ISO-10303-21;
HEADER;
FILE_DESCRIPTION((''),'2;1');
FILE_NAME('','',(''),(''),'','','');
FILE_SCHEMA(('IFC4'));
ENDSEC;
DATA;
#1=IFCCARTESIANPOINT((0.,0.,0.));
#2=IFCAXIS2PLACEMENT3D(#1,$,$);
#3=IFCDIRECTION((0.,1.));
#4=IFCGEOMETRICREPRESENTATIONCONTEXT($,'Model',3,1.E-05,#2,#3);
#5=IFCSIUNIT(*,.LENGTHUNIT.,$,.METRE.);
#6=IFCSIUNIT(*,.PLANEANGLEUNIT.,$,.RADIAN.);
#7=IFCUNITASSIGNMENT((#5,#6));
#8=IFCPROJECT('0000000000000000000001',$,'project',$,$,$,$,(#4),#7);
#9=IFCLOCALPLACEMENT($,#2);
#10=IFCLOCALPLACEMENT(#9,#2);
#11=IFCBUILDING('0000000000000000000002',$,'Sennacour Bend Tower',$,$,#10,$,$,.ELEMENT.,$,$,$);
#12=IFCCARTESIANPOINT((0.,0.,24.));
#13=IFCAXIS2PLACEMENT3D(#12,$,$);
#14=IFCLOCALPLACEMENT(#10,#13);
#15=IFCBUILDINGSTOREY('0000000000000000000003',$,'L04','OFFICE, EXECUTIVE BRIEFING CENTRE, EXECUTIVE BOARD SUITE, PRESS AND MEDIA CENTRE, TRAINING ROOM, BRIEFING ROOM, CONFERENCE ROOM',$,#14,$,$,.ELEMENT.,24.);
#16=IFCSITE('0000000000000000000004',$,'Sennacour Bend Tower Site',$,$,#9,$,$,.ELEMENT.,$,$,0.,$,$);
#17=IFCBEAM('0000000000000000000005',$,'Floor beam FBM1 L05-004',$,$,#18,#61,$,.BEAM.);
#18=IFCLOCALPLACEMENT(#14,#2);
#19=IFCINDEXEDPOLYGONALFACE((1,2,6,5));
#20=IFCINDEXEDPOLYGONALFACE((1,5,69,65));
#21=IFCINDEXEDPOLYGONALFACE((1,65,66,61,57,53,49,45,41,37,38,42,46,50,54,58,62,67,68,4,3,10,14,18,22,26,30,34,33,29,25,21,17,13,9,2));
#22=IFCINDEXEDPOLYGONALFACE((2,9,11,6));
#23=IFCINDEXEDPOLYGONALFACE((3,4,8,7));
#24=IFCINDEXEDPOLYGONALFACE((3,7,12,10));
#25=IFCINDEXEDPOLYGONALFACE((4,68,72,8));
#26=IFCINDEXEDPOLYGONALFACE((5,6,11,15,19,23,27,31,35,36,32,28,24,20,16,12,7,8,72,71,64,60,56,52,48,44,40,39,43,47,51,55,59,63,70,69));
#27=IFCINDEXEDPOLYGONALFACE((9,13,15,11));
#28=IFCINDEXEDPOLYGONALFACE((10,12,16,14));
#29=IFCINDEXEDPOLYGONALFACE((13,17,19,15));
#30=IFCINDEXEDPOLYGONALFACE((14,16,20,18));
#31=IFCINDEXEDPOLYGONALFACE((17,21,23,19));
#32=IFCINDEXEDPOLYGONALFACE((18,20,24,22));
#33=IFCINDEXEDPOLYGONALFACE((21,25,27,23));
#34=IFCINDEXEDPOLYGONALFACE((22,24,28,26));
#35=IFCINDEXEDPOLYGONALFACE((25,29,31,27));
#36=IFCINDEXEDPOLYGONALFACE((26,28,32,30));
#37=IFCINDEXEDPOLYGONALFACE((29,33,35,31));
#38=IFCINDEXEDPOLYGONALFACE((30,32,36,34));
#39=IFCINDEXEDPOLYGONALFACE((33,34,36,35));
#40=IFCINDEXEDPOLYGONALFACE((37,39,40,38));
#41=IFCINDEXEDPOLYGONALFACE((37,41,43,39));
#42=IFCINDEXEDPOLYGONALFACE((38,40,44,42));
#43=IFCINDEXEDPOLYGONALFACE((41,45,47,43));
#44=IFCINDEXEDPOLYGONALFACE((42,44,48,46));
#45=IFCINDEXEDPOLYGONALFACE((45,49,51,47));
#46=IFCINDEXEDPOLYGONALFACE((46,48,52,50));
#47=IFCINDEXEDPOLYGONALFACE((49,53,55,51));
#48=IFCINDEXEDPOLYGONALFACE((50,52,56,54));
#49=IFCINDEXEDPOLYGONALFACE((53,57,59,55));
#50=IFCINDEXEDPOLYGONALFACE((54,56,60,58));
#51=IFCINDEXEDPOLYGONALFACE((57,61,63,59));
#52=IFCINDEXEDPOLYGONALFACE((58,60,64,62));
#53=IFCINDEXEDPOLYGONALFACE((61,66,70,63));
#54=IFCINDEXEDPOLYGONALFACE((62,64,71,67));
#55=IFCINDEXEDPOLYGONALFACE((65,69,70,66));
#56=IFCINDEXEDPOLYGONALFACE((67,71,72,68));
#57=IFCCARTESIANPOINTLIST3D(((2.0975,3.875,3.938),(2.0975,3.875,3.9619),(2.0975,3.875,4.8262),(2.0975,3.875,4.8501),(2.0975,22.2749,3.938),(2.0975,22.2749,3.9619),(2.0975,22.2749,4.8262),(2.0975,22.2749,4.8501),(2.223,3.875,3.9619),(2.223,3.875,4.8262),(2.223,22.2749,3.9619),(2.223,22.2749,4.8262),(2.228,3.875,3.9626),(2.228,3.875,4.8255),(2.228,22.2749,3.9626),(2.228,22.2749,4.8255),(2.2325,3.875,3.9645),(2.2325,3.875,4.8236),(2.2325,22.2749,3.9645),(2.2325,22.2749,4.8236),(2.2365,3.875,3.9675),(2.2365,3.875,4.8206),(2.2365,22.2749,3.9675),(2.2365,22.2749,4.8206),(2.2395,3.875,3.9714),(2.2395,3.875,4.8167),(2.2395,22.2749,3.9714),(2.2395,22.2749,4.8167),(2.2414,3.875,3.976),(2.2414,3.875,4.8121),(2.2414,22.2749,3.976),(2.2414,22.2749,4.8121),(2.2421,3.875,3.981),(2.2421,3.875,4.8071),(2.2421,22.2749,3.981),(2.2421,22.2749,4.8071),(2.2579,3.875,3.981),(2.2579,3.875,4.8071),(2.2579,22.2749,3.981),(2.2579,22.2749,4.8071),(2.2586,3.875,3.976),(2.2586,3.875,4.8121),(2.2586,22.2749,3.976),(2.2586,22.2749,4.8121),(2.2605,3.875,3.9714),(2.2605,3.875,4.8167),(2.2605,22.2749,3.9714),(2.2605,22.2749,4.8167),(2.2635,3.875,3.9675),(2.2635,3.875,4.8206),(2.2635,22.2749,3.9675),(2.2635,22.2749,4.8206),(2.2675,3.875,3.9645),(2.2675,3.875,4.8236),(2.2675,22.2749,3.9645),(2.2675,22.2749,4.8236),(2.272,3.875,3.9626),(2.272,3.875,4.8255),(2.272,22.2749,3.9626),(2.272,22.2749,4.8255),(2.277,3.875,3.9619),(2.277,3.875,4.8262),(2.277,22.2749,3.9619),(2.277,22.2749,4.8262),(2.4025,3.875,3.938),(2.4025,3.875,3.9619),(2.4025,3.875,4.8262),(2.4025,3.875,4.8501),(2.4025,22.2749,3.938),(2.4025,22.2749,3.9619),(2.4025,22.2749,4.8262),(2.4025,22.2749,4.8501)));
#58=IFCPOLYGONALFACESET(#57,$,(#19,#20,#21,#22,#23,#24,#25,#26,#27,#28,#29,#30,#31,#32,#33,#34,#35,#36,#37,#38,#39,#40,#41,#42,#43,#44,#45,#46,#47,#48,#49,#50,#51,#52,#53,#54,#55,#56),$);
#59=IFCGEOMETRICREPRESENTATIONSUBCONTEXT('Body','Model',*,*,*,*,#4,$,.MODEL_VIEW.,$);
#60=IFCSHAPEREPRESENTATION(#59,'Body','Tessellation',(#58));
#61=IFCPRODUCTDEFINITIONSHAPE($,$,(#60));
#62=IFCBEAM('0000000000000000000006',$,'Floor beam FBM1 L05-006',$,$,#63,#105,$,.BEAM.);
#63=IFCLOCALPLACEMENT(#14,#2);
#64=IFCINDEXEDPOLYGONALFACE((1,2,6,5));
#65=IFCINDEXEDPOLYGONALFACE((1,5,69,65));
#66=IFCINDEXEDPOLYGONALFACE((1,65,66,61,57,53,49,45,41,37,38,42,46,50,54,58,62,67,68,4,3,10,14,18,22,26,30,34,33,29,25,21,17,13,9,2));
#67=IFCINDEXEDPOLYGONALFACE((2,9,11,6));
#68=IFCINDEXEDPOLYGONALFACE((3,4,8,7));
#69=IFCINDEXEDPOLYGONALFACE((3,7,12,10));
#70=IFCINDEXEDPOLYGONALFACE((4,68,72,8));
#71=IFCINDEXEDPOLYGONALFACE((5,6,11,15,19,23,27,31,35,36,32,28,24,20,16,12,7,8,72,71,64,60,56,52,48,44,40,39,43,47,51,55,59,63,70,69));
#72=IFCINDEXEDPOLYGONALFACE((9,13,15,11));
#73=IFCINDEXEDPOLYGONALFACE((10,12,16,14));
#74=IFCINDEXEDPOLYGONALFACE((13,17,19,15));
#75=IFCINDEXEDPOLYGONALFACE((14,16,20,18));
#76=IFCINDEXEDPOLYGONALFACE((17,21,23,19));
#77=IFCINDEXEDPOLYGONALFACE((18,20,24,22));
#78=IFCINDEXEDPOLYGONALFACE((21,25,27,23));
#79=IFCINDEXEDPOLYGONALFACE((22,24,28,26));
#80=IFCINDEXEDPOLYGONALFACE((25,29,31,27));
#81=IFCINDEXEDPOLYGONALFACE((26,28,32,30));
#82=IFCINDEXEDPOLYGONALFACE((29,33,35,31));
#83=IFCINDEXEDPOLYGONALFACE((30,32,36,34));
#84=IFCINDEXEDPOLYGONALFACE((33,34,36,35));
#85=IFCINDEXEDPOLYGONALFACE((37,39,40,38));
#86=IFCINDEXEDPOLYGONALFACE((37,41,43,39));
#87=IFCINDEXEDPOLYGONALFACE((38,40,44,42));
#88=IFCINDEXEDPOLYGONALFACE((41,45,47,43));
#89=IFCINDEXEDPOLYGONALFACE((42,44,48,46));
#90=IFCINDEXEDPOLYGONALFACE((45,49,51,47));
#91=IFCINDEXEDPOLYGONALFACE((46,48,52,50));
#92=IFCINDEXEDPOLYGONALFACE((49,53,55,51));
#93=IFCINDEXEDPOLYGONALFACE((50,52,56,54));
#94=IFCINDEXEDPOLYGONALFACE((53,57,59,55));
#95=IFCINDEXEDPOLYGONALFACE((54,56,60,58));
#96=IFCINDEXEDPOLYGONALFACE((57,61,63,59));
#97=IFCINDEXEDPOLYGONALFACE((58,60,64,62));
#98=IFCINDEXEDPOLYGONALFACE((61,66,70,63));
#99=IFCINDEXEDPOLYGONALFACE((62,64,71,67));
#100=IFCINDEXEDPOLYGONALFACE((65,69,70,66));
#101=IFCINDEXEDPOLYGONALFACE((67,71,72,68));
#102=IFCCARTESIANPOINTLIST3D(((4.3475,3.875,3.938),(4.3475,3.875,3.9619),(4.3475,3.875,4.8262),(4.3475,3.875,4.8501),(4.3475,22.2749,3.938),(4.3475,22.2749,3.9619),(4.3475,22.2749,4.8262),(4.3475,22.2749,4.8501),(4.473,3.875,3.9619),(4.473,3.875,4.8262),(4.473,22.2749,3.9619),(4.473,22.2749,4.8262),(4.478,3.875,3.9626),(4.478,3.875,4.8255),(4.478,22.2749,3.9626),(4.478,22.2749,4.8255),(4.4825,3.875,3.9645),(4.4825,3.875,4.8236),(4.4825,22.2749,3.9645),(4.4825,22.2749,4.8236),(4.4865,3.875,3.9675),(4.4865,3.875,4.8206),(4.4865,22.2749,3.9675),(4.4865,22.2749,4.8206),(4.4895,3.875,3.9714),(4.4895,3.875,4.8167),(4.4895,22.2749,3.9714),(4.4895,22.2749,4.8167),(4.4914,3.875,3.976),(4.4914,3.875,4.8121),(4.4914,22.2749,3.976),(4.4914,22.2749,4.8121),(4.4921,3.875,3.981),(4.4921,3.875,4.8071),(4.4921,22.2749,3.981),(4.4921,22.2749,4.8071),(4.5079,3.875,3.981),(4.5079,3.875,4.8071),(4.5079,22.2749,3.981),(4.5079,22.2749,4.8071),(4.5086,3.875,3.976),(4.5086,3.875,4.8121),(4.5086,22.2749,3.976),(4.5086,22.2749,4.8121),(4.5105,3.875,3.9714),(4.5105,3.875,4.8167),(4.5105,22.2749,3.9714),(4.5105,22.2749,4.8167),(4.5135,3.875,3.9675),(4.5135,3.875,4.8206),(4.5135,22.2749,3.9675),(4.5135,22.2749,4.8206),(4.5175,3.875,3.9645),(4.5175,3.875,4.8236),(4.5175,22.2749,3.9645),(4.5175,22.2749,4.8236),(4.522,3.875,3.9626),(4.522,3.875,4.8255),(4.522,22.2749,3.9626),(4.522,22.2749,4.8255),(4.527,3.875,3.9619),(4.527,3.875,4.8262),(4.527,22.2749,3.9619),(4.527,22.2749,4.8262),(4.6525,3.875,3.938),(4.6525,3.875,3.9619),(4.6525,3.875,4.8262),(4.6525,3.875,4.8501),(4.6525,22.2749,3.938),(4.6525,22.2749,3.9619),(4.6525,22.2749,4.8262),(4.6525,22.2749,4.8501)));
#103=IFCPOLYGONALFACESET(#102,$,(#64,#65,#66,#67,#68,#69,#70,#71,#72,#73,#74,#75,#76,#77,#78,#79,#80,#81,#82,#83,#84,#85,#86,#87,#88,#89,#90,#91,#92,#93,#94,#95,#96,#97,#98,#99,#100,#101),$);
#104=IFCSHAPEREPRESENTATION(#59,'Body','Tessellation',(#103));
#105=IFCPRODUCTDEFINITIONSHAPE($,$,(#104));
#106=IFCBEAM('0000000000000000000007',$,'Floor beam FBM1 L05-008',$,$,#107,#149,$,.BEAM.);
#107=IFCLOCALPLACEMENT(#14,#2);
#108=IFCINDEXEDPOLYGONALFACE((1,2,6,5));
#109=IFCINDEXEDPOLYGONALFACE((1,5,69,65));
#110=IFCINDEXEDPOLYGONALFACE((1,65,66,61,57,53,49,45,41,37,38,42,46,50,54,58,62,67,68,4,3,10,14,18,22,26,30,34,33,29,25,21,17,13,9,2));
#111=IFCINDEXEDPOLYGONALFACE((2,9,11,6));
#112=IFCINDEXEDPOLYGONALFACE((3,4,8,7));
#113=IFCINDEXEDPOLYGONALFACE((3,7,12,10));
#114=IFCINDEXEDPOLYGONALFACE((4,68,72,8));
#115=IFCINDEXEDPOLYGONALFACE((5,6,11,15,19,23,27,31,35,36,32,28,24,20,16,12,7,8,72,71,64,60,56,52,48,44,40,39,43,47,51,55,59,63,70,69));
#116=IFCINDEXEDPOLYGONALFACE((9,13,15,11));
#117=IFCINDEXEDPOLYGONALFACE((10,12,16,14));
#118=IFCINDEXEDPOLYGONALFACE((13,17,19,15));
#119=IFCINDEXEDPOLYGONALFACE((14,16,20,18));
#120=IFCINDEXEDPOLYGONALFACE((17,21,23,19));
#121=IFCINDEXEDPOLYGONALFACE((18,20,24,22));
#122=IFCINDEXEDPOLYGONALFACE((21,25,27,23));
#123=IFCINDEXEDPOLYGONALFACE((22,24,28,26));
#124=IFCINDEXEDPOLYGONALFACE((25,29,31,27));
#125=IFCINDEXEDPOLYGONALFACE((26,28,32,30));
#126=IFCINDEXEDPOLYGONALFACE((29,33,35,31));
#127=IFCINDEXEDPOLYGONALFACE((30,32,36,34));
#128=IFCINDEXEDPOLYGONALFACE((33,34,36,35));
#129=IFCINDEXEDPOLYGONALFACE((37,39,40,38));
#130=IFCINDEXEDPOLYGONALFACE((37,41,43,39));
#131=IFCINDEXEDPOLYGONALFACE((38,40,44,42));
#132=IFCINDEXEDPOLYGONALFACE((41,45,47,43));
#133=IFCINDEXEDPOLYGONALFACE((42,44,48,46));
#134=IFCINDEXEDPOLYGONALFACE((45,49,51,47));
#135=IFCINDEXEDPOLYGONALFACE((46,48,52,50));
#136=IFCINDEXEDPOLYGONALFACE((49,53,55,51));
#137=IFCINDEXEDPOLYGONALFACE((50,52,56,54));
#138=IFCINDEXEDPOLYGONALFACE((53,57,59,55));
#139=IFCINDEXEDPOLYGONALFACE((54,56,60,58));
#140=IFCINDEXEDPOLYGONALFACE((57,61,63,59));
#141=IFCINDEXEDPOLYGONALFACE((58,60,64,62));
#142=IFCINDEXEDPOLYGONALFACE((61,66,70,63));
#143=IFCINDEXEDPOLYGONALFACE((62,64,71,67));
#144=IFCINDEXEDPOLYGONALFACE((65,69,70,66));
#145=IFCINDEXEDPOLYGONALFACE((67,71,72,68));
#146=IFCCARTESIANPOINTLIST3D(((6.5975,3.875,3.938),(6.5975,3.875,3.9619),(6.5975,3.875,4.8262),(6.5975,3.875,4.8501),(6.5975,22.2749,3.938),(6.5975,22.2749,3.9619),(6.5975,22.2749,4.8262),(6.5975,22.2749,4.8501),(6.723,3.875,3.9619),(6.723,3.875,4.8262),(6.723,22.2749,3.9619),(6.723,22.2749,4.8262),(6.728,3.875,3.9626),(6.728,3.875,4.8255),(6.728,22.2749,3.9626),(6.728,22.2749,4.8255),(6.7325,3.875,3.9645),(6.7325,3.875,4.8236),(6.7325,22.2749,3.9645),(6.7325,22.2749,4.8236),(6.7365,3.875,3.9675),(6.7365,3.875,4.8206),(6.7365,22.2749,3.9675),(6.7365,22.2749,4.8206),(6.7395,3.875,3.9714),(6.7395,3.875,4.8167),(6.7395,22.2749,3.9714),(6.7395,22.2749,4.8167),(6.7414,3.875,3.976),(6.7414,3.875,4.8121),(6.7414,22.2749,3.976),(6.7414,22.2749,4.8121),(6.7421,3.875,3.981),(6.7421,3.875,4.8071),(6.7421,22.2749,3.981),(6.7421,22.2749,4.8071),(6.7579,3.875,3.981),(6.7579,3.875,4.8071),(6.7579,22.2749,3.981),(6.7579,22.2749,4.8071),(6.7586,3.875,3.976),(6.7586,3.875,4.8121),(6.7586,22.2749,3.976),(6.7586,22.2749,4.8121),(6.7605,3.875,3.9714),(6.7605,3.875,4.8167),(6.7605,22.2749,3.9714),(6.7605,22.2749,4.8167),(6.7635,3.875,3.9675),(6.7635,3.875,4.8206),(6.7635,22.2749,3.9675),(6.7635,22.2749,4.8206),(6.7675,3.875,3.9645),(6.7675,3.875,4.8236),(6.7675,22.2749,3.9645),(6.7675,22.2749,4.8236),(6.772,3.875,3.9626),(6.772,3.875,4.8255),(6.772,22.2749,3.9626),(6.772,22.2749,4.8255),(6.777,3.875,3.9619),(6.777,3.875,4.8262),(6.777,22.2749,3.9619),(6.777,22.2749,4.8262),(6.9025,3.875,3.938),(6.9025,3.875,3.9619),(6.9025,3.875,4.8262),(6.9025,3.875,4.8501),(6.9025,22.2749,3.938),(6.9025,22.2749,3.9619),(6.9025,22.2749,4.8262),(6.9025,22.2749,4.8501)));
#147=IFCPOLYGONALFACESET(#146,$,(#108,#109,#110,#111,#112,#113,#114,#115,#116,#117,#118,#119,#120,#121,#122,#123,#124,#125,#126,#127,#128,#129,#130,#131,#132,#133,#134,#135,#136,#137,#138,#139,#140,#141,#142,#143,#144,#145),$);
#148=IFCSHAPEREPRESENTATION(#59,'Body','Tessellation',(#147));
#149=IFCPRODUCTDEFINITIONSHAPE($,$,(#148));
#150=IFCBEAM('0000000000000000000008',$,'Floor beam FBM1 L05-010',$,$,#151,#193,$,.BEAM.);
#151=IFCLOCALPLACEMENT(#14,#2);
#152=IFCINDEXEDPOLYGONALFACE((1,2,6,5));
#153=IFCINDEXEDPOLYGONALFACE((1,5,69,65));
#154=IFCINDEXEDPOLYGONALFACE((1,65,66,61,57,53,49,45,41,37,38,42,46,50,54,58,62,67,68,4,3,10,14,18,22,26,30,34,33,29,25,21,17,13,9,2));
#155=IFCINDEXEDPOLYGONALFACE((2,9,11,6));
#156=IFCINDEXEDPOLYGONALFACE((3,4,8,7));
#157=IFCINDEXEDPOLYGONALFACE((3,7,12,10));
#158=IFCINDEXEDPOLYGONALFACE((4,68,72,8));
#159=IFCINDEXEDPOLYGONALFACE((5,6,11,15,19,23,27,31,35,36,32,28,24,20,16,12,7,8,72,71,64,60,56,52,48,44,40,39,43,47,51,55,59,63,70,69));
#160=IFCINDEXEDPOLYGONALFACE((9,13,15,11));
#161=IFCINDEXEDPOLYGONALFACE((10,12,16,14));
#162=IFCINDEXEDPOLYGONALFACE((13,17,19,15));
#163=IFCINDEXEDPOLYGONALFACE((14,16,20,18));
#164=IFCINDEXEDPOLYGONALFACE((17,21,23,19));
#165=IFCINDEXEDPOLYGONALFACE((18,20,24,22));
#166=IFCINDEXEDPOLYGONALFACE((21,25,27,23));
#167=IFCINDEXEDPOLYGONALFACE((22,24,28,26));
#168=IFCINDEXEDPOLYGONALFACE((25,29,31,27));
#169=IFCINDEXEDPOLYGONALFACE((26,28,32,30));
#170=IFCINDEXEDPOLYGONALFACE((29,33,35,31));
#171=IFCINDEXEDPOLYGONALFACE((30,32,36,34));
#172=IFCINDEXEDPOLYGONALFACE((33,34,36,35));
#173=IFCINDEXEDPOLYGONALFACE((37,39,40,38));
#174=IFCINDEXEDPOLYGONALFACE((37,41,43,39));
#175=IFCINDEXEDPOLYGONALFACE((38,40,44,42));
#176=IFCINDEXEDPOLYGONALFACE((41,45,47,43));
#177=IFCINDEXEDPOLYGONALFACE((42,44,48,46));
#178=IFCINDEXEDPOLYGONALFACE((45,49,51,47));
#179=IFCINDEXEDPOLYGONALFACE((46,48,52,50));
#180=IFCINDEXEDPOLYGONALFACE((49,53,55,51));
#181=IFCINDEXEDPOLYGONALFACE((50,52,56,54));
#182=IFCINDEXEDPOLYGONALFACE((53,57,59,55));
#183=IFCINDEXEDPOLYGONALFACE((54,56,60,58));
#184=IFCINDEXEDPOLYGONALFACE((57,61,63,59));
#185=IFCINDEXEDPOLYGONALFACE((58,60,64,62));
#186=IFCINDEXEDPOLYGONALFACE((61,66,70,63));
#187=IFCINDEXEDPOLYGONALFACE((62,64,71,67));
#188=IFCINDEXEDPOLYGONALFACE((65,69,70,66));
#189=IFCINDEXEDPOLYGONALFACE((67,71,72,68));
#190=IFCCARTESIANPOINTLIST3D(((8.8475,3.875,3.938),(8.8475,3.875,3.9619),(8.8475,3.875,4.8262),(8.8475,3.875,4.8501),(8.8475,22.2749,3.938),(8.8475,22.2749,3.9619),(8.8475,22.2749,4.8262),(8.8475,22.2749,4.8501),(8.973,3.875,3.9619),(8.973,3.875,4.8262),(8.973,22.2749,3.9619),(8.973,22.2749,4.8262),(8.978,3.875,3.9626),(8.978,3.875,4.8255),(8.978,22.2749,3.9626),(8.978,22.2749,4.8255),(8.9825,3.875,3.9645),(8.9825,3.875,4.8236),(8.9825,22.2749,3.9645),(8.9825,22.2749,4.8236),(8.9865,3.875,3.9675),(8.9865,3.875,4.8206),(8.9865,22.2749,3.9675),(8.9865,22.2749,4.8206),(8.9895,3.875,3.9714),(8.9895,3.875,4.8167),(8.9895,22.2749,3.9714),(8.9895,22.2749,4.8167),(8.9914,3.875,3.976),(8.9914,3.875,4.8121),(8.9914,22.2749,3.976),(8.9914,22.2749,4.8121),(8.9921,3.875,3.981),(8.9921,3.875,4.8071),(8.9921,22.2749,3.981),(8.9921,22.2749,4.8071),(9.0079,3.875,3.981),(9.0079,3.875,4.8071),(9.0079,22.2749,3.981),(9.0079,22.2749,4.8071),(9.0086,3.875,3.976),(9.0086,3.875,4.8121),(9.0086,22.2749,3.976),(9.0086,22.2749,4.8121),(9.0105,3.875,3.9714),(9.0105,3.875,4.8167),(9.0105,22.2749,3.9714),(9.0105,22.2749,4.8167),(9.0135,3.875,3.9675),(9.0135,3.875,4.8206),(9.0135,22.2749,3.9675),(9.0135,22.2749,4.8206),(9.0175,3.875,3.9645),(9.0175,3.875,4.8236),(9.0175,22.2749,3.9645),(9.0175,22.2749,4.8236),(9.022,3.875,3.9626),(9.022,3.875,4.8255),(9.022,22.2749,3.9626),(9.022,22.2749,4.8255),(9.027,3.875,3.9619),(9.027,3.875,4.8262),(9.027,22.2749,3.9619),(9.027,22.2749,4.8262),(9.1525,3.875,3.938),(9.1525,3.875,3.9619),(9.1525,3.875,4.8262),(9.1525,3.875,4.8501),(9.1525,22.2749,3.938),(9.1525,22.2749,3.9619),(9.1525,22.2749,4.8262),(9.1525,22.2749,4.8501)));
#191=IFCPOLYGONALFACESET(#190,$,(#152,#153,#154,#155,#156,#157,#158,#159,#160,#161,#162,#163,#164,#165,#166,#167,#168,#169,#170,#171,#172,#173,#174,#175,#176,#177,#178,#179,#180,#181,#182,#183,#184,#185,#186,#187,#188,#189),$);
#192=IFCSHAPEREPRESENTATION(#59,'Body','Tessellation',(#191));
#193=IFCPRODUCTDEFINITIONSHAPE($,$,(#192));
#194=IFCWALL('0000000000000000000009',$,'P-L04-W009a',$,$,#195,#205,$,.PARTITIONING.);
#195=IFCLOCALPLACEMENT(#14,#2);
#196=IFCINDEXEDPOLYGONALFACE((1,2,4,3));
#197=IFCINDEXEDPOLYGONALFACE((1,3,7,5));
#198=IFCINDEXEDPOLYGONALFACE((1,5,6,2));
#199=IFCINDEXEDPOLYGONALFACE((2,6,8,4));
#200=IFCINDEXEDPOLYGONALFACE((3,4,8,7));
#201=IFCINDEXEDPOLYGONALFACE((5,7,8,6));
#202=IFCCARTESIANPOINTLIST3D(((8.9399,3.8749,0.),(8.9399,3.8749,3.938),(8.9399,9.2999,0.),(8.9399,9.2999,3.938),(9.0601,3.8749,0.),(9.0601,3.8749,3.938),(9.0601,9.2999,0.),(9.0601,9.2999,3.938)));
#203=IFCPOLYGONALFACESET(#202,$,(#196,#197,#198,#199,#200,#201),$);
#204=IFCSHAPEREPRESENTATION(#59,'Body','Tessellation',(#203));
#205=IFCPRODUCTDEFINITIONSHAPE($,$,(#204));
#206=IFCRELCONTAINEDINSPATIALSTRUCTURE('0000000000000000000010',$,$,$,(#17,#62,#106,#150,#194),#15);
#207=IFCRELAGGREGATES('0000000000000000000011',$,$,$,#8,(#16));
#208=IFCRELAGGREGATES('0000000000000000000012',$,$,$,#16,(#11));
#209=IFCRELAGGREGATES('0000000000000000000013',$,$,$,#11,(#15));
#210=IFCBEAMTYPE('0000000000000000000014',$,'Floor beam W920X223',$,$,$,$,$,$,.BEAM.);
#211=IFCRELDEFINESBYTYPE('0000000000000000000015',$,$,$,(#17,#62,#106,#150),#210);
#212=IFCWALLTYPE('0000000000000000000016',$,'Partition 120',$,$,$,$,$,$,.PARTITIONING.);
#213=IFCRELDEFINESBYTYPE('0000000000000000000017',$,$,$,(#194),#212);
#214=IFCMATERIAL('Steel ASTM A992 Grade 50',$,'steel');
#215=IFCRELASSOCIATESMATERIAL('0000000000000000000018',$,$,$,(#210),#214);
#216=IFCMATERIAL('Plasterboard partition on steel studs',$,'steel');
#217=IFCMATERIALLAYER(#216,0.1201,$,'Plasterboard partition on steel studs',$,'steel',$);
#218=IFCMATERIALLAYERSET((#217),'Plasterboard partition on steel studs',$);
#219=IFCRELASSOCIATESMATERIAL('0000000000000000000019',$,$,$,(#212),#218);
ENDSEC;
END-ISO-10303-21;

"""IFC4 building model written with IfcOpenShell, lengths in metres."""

from ifc_helpers import new_model, si_unit, direction, frame, frame_2d, origin, origin_2d, place, context, subcontext, project, spatial, rectangle, i_section, extrude, material, layer, layer_set, material_profile, profile_set, type_object, element, save


model = new_model("IFC4")

# Units and contexts
model_context = context("Model", 3, precision=1e-05, world=origin(), true_north=direction((0.0, 1.0)))
body_context = subcontext(model_context, "Body", "Model", "MODEL_VIEW")
ifc_project = project(units=[si_unit("LENGTHUNIT", "METRE"), si_unit("PLANEANGLEUNIT", "RADIAN")], contexts=[model_context])

# Site, building, storey
site_placement = place(None, origin())
site = spatial("IfcSite", under=ifc_project, at=site_placement, Name="Sennacour Bend Tower Site", CompositionType="ELEMENT", RefElevation=0.0)
building_placement = place(site_placement, origin())
building = spatial("IfcBuilding", under=site, at=building_placement, Name="Sennacour Bend Tower", CompositionType="ELEMENT")
storey_placement = place(building_placement, frame((0.0, 0.0, 24.0)))
storey = spatial("IfcBuildingStorey", under=building, at=storey_placement, Name="L04", Description="OFFICE, EXECUTIVE BRIEFING CENTRE, EXECUTIVE BOARD SUITE, PRESS AND MEDIA CENTRE, TRAINING ROOM, BRIEFING ROOM, CONFERENCE ROOM", CompositionType="ELEMENT", Elevation=24.0)

# Beams
ifc_material_1 = material(Name="Steel ASTM A992 Grade 50", Category="steel")
ifc_material_profile = material_profile(ifc_material_1, i_section(OverallWidth=0.3049, OverallDepth=0.9121, WebThickness=0.0159, FlangeThickness=0.0239, FilletRadius=0.019, at=origin_2d()), Name="Steel ASTM A992 Grade 50", Category="steel")
ifc_profile_set = profile_set([ifc_material_profile], Name="Steel ASTM A992 Grade 50")
beam_type = type_object("IfcBeamType", Name="Floor beam W920X223", PredefinedType="BEAM", material=ifc_profile_set)
for number, where, z_axis, x_axis, name in (
    (1, (2.25, 3.875, 4.394), (0.0, 1.0, 0.0), (-1.0, 0.0, 0.0), "Floor beam FBM1 L05-004"),
    (2, (4.5, 3.875, 4.394), (0.0, 1.0, 0.0), (-1.0, 0.0, 0.0), "Floor beam FBM1 L05-006"),
    (3, (6.75, 3.875, 4.394), (0.0, 1.0, 0.0), (-1.0, 0.0, 0.0), "Floor beam FBM1 L05-008"),
    (4, (9.0, 3.875, 4.394), (0.0, 1.0, 0.0), (-1.0, 0.0, 0.0), "Floor beam FBM1 L05-010"),
):
    element("IfcBeam", number, at=place(storey_placement, frame(where, z_axis=z_axis, x_axis=x_axis)), inside=storey, type_object=beam_type, Name=name, PredefinedType="BEAM", context=body_context, shape_type="SweptSolid", body=[
        extrude(i_section(OverallWidth=0.3049, OverallDepth=0.9121, WebThickness=0.0159, FlangeThickness=0.0239, FilletRadius=0.019, at=origin_2d()), origin(), (0.0, 0.0, 1.0), 18.3999),
    ])

# Wall
ifc_material_2 = material(Name="Plasterboard partition on steel studs", Category="steel")
ifc_layer_1 = layer(ifc_material_2, 0.1201, Name="Plasterboard partition on steel studs", Category="steel")
ifc_layer_set_1 = layer_set([ifc_layer_1], Name="Plasterboard partition on steel studs")
wall_type_1 = type_object("IfcWallType", Name="Partition 120", PredefinedType="PARTITIONING", material=ifc_layer_set_1)
wall_1_placement = place(storey_placement, frame((9.0, 3.875, 0.0), z_axis=(0.0, 0.0, 1.0), x_axis=(0.0, 1.0, 0.0)))
element("IfcWall", 5, at=wall_1_placement, inside=storey, type_object=wall_type_1, Name="P-L04-W009a", PredefinedType="PARTITIONING", context=body_context, shape_type="SweptSolid", body=[
    extrude(rectangle(XDim=5.425, YDim=0.1201, at=frame_2d((2.7124, 0.0))), origin(), (0.0, 0.0, 1.0), 3.938),
])

save(model, "model.ifc")
